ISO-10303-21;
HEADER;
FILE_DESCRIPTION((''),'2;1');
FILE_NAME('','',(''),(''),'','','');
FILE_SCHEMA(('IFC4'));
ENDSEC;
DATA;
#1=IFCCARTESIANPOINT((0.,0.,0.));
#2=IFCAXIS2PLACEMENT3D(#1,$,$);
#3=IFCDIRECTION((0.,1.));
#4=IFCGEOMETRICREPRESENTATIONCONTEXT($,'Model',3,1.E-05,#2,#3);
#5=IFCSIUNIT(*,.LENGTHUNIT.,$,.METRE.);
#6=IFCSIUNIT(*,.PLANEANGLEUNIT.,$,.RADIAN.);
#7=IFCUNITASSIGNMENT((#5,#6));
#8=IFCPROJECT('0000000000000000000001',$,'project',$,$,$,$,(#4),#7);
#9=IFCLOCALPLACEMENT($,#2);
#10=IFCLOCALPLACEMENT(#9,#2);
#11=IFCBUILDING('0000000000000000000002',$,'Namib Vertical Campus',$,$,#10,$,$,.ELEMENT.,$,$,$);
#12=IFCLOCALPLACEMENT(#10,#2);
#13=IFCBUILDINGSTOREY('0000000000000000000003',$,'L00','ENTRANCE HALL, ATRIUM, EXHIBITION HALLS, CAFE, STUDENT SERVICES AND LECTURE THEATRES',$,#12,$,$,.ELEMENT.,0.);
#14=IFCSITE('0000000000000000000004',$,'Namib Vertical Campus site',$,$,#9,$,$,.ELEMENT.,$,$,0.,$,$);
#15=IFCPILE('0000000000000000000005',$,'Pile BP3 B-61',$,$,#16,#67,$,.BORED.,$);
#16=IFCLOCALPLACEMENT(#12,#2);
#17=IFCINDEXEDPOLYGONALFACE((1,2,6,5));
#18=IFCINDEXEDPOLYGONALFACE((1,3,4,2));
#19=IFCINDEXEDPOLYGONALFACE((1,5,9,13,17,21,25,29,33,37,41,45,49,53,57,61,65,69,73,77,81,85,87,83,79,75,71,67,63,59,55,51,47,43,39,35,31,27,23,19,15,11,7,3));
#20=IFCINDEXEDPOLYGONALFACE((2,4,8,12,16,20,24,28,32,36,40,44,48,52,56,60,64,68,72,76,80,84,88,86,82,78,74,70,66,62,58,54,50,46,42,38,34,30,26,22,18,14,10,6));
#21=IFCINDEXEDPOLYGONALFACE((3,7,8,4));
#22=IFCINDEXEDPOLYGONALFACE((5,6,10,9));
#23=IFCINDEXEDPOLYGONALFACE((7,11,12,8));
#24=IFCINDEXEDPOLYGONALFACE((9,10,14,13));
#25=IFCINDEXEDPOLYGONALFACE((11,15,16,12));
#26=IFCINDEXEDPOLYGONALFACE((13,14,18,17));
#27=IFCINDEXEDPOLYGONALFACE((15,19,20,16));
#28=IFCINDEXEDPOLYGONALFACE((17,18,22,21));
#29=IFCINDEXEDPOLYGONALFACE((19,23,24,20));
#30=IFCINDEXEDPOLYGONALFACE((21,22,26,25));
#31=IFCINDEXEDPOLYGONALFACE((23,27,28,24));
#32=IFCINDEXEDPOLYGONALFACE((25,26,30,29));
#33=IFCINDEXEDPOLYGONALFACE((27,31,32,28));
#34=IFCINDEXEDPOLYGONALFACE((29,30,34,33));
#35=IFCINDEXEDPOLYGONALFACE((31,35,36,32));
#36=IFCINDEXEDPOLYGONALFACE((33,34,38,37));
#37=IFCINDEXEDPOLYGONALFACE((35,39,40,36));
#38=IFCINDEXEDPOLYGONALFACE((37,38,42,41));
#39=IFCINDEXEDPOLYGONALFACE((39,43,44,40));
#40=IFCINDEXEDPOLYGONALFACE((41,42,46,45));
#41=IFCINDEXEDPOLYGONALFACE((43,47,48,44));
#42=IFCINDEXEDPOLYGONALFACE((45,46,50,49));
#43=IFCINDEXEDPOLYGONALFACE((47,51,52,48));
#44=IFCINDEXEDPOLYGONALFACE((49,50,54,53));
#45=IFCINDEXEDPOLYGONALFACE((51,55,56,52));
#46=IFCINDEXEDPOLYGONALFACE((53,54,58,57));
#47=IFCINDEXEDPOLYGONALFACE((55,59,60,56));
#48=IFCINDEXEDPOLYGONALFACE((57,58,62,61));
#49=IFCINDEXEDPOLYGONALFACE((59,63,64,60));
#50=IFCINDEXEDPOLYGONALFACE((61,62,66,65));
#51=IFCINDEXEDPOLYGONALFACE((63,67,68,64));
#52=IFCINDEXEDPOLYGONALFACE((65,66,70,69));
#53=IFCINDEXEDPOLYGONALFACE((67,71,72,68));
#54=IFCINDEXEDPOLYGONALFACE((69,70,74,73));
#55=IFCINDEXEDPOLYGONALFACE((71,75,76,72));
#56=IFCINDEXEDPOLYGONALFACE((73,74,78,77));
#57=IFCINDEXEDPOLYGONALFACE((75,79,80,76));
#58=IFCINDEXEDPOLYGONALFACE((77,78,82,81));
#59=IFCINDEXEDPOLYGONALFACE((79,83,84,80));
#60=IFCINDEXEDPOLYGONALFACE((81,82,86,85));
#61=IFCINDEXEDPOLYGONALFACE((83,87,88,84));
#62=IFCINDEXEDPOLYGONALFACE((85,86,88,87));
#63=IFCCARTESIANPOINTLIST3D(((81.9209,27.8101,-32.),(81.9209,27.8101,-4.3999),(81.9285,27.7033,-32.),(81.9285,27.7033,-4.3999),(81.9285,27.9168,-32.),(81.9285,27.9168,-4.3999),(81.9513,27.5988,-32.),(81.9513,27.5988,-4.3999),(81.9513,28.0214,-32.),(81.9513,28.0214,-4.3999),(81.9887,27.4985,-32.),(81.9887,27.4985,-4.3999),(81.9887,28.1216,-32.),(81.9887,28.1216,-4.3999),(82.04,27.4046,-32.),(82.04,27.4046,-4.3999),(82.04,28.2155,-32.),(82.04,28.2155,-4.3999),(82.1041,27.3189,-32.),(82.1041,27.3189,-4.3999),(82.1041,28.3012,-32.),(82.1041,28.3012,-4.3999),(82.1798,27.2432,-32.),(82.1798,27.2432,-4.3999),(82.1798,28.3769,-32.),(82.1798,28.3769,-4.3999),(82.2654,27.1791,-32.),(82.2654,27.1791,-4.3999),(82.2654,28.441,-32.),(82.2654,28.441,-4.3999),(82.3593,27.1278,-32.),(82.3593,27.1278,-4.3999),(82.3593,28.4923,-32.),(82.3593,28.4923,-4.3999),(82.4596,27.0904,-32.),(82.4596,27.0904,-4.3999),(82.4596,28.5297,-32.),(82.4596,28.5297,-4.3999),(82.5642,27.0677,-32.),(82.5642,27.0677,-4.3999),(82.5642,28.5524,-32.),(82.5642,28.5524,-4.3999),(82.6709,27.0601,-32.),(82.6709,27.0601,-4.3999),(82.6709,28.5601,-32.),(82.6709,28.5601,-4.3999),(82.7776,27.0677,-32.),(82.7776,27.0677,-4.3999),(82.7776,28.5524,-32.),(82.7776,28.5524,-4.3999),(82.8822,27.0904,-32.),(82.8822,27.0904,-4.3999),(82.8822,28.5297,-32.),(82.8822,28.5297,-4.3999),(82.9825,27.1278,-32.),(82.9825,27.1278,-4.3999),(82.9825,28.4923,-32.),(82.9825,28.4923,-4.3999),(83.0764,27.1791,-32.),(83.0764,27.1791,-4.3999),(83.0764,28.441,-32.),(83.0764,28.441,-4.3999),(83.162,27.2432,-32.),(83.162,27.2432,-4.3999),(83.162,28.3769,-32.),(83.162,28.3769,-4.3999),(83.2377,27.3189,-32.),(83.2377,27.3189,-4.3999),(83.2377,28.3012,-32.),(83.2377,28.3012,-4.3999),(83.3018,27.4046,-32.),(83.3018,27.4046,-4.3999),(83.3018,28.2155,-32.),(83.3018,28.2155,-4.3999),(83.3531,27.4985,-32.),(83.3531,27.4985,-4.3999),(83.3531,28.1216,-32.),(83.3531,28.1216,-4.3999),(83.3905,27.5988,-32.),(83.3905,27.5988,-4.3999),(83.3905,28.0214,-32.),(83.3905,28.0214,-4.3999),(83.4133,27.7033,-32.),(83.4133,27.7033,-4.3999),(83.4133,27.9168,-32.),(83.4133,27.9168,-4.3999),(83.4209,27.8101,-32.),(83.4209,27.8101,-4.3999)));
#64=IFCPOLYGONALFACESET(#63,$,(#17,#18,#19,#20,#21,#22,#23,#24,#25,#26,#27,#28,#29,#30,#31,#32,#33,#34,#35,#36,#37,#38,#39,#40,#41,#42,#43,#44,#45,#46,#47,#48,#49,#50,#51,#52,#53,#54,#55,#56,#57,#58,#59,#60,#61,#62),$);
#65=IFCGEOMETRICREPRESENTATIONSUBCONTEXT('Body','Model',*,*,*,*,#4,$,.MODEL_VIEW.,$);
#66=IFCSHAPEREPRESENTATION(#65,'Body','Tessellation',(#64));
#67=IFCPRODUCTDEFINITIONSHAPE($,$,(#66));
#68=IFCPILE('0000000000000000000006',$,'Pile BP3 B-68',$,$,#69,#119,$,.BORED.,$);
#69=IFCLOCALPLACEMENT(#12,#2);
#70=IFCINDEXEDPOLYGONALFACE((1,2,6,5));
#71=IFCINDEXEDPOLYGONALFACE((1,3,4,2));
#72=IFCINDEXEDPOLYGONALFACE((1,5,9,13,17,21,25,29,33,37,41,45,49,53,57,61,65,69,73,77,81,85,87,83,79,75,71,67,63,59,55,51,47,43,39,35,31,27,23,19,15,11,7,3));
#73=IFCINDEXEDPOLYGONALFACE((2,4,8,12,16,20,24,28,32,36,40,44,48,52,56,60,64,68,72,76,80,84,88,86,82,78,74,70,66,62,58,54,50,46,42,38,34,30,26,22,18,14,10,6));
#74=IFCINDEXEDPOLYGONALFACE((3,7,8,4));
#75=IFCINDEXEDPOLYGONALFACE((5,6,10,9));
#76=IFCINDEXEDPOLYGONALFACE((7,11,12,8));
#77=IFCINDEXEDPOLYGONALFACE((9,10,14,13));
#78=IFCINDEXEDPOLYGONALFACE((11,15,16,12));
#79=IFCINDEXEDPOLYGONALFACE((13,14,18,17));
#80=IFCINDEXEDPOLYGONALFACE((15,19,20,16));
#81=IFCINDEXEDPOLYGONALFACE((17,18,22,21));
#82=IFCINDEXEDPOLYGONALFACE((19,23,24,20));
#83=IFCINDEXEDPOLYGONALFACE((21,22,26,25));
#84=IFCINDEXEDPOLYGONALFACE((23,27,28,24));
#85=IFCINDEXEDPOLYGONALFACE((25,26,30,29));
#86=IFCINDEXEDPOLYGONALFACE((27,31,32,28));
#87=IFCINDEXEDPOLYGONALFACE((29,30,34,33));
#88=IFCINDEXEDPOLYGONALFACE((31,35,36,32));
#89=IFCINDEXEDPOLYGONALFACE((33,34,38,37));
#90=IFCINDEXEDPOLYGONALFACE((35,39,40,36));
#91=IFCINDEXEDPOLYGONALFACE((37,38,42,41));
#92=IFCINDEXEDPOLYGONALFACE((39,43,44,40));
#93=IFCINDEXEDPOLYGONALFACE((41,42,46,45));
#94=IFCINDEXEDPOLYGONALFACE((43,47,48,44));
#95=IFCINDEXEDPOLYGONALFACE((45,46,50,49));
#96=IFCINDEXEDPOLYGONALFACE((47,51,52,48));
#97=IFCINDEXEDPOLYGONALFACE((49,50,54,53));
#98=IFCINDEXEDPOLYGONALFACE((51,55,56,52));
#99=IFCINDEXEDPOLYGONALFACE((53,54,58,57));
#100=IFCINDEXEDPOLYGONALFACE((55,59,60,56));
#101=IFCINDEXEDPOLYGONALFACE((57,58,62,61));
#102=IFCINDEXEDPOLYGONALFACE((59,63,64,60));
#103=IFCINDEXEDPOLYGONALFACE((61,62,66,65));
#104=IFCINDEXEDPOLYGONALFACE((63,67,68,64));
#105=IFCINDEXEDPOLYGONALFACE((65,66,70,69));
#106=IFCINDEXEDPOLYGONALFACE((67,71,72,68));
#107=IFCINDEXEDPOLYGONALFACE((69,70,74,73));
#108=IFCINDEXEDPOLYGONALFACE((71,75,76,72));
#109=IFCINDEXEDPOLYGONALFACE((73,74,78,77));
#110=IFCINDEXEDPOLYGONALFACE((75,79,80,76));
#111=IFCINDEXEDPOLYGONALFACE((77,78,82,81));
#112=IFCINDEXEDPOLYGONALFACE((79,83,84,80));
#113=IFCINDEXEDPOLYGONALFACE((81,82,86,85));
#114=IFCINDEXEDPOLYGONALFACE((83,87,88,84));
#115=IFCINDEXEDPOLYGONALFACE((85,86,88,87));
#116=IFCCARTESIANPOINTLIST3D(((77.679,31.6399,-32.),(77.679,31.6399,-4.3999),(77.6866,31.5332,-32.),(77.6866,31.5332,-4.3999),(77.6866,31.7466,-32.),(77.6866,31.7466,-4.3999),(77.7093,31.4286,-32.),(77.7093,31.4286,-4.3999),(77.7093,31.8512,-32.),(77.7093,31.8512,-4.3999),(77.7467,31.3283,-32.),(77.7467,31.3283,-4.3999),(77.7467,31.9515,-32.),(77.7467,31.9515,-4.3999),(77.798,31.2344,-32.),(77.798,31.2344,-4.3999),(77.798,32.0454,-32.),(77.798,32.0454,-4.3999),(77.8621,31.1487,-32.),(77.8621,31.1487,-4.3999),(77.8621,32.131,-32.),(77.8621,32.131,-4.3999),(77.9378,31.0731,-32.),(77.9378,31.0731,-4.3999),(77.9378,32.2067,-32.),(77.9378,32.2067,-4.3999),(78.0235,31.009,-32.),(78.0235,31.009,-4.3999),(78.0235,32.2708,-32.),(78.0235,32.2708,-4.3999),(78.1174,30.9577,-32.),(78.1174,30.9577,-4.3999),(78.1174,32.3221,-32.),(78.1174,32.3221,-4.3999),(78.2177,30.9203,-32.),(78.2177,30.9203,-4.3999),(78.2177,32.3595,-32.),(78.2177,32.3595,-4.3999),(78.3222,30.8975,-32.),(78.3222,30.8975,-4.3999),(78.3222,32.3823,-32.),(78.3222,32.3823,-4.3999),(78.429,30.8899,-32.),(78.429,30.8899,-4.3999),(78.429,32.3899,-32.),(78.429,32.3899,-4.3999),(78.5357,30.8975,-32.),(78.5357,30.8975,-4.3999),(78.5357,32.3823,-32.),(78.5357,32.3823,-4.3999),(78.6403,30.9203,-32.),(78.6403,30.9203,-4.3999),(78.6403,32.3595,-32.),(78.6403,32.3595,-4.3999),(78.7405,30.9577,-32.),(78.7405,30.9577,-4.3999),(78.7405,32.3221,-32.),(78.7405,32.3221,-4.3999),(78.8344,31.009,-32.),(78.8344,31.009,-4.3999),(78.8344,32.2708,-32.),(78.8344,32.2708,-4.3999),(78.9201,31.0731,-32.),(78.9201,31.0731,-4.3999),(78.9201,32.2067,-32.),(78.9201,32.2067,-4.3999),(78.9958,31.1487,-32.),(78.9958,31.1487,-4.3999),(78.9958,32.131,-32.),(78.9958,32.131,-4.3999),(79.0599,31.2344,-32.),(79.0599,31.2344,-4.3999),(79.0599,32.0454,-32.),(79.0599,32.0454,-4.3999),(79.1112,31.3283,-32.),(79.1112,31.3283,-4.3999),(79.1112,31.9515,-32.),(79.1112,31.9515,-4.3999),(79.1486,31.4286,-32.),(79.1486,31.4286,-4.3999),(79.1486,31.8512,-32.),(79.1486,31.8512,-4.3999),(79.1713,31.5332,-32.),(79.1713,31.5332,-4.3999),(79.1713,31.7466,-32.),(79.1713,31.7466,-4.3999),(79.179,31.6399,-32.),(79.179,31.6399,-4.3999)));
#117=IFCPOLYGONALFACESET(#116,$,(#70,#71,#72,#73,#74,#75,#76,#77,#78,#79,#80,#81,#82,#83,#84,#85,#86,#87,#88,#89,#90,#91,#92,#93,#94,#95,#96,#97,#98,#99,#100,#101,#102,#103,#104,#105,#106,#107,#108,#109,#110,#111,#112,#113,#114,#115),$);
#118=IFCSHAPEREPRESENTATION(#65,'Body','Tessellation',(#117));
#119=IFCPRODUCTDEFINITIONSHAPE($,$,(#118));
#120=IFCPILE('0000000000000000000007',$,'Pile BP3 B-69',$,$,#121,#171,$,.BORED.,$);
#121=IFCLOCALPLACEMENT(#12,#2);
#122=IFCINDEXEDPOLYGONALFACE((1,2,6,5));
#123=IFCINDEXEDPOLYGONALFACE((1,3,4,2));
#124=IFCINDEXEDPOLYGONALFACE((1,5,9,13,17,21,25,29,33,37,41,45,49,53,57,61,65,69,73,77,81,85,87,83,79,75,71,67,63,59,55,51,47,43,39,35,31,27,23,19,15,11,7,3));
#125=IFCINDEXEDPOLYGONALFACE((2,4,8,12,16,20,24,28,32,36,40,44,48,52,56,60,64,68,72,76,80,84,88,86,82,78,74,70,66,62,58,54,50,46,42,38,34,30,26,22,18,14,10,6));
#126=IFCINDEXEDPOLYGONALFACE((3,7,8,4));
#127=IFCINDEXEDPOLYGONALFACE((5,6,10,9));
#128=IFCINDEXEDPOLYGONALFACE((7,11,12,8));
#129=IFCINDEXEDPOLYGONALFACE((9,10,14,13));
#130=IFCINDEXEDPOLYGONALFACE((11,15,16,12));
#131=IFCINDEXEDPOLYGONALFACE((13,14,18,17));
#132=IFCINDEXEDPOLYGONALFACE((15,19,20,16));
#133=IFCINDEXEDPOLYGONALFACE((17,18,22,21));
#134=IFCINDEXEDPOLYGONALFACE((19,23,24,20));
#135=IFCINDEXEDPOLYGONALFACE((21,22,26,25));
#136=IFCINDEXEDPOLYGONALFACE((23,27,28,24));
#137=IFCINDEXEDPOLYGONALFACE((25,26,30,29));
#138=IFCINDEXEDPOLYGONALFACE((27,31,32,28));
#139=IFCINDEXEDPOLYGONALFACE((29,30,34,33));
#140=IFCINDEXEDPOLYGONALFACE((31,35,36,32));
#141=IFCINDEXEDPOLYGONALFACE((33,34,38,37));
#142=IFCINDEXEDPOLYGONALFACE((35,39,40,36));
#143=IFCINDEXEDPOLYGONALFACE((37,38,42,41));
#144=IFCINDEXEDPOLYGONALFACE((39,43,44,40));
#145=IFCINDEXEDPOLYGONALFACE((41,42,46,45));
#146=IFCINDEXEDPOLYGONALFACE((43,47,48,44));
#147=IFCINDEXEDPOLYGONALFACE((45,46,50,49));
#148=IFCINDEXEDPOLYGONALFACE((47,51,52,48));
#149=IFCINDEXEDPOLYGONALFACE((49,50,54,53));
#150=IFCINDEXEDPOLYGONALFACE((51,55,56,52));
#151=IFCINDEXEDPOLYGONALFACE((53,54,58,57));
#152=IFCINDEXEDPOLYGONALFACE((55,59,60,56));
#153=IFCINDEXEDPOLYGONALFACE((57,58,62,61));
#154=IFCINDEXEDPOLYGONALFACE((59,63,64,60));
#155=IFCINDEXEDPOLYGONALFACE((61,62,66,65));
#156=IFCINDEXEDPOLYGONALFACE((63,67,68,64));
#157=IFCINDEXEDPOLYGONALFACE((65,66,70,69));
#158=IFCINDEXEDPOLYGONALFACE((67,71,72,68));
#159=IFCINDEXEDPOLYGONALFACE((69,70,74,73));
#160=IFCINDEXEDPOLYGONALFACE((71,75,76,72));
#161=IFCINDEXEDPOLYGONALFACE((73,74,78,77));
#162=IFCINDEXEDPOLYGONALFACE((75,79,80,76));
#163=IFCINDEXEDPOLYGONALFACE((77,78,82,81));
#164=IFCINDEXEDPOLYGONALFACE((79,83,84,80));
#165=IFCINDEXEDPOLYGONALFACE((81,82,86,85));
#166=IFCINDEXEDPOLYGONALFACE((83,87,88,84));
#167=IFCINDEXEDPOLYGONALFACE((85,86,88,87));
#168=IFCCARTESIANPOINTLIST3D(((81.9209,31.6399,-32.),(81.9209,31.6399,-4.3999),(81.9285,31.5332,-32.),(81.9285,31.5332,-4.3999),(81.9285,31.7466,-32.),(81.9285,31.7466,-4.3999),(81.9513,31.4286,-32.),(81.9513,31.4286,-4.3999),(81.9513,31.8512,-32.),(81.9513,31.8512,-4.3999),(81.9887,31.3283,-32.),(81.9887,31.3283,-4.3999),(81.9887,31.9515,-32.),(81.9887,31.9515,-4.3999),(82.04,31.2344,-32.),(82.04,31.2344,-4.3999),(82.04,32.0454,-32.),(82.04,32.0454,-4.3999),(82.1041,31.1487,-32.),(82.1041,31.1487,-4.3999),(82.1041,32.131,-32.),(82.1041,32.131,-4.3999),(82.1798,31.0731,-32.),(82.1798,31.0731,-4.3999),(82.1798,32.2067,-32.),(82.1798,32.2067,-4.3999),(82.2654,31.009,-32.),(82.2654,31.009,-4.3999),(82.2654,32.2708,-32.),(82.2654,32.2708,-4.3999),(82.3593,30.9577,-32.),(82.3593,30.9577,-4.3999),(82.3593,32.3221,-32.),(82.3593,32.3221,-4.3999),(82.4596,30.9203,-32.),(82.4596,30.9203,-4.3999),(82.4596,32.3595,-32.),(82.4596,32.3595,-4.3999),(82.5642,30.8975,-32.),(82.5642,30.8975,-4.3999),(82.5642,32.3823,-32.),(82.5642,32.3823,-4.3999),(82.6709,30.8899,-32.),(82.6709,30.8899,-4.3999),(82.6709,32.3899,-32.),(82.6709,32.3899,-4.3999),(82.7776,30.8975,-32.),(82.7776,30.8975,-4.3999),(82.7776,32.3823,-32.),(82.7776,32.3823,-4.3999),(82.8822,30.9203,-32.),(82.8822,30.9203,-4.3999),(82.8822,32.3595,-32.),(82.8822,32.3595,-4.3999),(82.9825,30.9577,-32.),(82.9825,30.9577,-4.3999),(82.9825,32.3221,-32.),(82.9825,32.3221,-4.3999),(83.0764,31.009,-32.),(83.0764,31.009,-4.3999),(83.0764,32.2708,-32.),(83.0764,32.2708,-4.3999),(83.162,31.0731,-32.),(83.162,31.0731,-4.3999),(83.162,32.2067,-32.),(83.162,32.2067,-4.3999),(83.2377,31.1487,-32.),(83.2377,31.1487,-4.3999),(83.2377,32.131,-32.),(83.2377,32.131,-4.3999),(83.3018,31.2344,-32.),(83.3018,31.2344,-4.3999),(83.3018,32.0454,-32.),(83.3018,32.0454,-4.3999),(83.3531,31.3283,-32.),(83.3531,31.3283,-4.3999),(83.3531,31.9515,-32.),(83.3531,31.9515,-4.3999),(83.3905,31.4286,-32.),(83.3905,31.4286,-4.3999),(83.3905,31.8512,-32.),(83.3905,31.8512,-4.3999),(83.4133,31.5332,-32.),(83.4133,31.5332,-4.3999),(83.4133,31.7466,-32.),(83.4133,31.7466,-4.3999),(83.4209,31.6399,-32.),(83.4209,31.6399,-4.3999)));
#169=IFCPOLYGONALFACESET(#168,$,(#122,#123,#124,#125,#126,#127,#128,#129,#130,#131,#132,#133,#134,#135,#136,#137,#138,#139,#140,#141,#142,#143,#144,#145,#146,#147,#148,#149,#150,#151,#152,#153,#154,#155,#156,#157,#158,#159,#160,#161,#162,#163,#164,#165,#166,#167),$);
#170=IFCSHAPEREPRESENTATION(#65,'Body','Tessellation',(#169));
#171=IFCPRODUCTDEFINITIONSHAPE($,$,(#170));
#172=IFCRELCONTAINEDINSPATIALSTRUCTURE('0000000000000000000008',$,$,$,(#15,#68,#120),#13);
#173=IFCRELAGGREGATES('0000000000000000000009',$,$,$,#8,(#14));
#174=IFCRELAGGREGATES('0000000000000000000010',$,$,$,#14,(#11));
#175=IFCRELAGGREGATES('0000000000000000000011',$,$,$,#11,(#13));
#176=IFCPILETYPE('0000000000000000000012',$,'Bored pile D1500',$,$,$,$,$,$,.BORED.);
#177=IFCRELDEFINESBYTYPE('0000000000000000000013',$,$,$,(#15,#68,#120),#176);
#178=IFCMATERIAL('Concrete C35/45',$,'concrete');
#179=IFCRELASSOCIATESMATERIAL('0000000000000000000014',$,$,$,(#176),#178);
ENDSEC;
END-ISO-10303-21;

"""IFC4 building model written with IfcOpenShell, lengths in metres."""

from ifc_helpers import new_model, si_unit, direction, frame, origin, origin_2d, place, context, subcontext, project, spatial, circle, extrude, material, material_profile, profile_set, type_object, element, save


model = new_model("IFC4")

# Units and contexts
model_context = context("Model", 3, precision=1e-05, world=origin(), true_north=direction((0.0, 1.0)))
body_context = subcontext(model_context, "Body", "Model", "MODEL_VIEW")
ifc_project = project(units=[si_unit("LENGTHUNIT", "METRE"), si_unit("PLANEANGLEUNIT", "RADIAN")], contexts=[model_context])

# Site, building, storey
site_placement = place(None, origin())
site = spatial("IfcSite", under=ifc_project, at=site_placement, Name="Namib Vertical Campus site", CompositionType="ELEMENT", RefElevation=0.0)
building_placement = place(site_placement, origin())
building = spatial("IfcBuilding", under=site, at=building_placement, Name="Namib Vertical Campus", CompositionType="ELEMENT")
storey_placement = place(building_placement, origin())
storey = spatial("IfcBuildingStorey", under=building, at=storey_placement, Name="L00", Description="ENTRANCE HALL, ATRIUM, EXHIBITION HALLS, CAFE, STUDENT SERVICES AND LECTURE THEATRES", CompositionType="ELEMENT", Elevation=0.0)

# Piles
ifc_material_1 = material(Name="Concrete C35/45", Category="concrete")
ifc_material_profile_1 = material_profile(ifc_material_1, circle(Radius=0.75, at=origin_2d()))
ifc_profile_set_1 = profile_set([ifc_material_profile_1], Name="Concrete C35/45")
pile_type = type_object("IfcPileType", Name="Bored pile D1500", PredefinedType="BORED", material=ifc_profile_set_1)
for number, where, z_axis, x_axis, name in (
    (1, (82.6709, 27.8101, -4.3999), (0.0, 0.0, -1.0), (1.0, 0.0, 0.0), "Pile BP3 B-61"),
    (2, (78.429, 31.6399, -4.3999), (0.0, 0.0, -1.0), (1.0, 0.0, 0.0), "Pile BP3 B-68"),
    (3, (82.6709, 31.6399, -4.3999), (0.0, 0.0, -1.0), (1.0, 0.0, 0.0), "Pile BP3 B-69"),
):
    element("IfcPile", number, at=place(storey_placement, frame(where, z_axis=z_axis, x_axis=x_axis)), inside=storey, type_object=pile_type, Name=name, PredefinedType="BORED", context=body_context, shape_type="SweptSolid", body=[
        extrude(circle(Radius=0.75, at=origin_2d()), origin(), (0.0, 0.0, 1.0), 27.6001),
    ])

save(model, "model.ifc")
